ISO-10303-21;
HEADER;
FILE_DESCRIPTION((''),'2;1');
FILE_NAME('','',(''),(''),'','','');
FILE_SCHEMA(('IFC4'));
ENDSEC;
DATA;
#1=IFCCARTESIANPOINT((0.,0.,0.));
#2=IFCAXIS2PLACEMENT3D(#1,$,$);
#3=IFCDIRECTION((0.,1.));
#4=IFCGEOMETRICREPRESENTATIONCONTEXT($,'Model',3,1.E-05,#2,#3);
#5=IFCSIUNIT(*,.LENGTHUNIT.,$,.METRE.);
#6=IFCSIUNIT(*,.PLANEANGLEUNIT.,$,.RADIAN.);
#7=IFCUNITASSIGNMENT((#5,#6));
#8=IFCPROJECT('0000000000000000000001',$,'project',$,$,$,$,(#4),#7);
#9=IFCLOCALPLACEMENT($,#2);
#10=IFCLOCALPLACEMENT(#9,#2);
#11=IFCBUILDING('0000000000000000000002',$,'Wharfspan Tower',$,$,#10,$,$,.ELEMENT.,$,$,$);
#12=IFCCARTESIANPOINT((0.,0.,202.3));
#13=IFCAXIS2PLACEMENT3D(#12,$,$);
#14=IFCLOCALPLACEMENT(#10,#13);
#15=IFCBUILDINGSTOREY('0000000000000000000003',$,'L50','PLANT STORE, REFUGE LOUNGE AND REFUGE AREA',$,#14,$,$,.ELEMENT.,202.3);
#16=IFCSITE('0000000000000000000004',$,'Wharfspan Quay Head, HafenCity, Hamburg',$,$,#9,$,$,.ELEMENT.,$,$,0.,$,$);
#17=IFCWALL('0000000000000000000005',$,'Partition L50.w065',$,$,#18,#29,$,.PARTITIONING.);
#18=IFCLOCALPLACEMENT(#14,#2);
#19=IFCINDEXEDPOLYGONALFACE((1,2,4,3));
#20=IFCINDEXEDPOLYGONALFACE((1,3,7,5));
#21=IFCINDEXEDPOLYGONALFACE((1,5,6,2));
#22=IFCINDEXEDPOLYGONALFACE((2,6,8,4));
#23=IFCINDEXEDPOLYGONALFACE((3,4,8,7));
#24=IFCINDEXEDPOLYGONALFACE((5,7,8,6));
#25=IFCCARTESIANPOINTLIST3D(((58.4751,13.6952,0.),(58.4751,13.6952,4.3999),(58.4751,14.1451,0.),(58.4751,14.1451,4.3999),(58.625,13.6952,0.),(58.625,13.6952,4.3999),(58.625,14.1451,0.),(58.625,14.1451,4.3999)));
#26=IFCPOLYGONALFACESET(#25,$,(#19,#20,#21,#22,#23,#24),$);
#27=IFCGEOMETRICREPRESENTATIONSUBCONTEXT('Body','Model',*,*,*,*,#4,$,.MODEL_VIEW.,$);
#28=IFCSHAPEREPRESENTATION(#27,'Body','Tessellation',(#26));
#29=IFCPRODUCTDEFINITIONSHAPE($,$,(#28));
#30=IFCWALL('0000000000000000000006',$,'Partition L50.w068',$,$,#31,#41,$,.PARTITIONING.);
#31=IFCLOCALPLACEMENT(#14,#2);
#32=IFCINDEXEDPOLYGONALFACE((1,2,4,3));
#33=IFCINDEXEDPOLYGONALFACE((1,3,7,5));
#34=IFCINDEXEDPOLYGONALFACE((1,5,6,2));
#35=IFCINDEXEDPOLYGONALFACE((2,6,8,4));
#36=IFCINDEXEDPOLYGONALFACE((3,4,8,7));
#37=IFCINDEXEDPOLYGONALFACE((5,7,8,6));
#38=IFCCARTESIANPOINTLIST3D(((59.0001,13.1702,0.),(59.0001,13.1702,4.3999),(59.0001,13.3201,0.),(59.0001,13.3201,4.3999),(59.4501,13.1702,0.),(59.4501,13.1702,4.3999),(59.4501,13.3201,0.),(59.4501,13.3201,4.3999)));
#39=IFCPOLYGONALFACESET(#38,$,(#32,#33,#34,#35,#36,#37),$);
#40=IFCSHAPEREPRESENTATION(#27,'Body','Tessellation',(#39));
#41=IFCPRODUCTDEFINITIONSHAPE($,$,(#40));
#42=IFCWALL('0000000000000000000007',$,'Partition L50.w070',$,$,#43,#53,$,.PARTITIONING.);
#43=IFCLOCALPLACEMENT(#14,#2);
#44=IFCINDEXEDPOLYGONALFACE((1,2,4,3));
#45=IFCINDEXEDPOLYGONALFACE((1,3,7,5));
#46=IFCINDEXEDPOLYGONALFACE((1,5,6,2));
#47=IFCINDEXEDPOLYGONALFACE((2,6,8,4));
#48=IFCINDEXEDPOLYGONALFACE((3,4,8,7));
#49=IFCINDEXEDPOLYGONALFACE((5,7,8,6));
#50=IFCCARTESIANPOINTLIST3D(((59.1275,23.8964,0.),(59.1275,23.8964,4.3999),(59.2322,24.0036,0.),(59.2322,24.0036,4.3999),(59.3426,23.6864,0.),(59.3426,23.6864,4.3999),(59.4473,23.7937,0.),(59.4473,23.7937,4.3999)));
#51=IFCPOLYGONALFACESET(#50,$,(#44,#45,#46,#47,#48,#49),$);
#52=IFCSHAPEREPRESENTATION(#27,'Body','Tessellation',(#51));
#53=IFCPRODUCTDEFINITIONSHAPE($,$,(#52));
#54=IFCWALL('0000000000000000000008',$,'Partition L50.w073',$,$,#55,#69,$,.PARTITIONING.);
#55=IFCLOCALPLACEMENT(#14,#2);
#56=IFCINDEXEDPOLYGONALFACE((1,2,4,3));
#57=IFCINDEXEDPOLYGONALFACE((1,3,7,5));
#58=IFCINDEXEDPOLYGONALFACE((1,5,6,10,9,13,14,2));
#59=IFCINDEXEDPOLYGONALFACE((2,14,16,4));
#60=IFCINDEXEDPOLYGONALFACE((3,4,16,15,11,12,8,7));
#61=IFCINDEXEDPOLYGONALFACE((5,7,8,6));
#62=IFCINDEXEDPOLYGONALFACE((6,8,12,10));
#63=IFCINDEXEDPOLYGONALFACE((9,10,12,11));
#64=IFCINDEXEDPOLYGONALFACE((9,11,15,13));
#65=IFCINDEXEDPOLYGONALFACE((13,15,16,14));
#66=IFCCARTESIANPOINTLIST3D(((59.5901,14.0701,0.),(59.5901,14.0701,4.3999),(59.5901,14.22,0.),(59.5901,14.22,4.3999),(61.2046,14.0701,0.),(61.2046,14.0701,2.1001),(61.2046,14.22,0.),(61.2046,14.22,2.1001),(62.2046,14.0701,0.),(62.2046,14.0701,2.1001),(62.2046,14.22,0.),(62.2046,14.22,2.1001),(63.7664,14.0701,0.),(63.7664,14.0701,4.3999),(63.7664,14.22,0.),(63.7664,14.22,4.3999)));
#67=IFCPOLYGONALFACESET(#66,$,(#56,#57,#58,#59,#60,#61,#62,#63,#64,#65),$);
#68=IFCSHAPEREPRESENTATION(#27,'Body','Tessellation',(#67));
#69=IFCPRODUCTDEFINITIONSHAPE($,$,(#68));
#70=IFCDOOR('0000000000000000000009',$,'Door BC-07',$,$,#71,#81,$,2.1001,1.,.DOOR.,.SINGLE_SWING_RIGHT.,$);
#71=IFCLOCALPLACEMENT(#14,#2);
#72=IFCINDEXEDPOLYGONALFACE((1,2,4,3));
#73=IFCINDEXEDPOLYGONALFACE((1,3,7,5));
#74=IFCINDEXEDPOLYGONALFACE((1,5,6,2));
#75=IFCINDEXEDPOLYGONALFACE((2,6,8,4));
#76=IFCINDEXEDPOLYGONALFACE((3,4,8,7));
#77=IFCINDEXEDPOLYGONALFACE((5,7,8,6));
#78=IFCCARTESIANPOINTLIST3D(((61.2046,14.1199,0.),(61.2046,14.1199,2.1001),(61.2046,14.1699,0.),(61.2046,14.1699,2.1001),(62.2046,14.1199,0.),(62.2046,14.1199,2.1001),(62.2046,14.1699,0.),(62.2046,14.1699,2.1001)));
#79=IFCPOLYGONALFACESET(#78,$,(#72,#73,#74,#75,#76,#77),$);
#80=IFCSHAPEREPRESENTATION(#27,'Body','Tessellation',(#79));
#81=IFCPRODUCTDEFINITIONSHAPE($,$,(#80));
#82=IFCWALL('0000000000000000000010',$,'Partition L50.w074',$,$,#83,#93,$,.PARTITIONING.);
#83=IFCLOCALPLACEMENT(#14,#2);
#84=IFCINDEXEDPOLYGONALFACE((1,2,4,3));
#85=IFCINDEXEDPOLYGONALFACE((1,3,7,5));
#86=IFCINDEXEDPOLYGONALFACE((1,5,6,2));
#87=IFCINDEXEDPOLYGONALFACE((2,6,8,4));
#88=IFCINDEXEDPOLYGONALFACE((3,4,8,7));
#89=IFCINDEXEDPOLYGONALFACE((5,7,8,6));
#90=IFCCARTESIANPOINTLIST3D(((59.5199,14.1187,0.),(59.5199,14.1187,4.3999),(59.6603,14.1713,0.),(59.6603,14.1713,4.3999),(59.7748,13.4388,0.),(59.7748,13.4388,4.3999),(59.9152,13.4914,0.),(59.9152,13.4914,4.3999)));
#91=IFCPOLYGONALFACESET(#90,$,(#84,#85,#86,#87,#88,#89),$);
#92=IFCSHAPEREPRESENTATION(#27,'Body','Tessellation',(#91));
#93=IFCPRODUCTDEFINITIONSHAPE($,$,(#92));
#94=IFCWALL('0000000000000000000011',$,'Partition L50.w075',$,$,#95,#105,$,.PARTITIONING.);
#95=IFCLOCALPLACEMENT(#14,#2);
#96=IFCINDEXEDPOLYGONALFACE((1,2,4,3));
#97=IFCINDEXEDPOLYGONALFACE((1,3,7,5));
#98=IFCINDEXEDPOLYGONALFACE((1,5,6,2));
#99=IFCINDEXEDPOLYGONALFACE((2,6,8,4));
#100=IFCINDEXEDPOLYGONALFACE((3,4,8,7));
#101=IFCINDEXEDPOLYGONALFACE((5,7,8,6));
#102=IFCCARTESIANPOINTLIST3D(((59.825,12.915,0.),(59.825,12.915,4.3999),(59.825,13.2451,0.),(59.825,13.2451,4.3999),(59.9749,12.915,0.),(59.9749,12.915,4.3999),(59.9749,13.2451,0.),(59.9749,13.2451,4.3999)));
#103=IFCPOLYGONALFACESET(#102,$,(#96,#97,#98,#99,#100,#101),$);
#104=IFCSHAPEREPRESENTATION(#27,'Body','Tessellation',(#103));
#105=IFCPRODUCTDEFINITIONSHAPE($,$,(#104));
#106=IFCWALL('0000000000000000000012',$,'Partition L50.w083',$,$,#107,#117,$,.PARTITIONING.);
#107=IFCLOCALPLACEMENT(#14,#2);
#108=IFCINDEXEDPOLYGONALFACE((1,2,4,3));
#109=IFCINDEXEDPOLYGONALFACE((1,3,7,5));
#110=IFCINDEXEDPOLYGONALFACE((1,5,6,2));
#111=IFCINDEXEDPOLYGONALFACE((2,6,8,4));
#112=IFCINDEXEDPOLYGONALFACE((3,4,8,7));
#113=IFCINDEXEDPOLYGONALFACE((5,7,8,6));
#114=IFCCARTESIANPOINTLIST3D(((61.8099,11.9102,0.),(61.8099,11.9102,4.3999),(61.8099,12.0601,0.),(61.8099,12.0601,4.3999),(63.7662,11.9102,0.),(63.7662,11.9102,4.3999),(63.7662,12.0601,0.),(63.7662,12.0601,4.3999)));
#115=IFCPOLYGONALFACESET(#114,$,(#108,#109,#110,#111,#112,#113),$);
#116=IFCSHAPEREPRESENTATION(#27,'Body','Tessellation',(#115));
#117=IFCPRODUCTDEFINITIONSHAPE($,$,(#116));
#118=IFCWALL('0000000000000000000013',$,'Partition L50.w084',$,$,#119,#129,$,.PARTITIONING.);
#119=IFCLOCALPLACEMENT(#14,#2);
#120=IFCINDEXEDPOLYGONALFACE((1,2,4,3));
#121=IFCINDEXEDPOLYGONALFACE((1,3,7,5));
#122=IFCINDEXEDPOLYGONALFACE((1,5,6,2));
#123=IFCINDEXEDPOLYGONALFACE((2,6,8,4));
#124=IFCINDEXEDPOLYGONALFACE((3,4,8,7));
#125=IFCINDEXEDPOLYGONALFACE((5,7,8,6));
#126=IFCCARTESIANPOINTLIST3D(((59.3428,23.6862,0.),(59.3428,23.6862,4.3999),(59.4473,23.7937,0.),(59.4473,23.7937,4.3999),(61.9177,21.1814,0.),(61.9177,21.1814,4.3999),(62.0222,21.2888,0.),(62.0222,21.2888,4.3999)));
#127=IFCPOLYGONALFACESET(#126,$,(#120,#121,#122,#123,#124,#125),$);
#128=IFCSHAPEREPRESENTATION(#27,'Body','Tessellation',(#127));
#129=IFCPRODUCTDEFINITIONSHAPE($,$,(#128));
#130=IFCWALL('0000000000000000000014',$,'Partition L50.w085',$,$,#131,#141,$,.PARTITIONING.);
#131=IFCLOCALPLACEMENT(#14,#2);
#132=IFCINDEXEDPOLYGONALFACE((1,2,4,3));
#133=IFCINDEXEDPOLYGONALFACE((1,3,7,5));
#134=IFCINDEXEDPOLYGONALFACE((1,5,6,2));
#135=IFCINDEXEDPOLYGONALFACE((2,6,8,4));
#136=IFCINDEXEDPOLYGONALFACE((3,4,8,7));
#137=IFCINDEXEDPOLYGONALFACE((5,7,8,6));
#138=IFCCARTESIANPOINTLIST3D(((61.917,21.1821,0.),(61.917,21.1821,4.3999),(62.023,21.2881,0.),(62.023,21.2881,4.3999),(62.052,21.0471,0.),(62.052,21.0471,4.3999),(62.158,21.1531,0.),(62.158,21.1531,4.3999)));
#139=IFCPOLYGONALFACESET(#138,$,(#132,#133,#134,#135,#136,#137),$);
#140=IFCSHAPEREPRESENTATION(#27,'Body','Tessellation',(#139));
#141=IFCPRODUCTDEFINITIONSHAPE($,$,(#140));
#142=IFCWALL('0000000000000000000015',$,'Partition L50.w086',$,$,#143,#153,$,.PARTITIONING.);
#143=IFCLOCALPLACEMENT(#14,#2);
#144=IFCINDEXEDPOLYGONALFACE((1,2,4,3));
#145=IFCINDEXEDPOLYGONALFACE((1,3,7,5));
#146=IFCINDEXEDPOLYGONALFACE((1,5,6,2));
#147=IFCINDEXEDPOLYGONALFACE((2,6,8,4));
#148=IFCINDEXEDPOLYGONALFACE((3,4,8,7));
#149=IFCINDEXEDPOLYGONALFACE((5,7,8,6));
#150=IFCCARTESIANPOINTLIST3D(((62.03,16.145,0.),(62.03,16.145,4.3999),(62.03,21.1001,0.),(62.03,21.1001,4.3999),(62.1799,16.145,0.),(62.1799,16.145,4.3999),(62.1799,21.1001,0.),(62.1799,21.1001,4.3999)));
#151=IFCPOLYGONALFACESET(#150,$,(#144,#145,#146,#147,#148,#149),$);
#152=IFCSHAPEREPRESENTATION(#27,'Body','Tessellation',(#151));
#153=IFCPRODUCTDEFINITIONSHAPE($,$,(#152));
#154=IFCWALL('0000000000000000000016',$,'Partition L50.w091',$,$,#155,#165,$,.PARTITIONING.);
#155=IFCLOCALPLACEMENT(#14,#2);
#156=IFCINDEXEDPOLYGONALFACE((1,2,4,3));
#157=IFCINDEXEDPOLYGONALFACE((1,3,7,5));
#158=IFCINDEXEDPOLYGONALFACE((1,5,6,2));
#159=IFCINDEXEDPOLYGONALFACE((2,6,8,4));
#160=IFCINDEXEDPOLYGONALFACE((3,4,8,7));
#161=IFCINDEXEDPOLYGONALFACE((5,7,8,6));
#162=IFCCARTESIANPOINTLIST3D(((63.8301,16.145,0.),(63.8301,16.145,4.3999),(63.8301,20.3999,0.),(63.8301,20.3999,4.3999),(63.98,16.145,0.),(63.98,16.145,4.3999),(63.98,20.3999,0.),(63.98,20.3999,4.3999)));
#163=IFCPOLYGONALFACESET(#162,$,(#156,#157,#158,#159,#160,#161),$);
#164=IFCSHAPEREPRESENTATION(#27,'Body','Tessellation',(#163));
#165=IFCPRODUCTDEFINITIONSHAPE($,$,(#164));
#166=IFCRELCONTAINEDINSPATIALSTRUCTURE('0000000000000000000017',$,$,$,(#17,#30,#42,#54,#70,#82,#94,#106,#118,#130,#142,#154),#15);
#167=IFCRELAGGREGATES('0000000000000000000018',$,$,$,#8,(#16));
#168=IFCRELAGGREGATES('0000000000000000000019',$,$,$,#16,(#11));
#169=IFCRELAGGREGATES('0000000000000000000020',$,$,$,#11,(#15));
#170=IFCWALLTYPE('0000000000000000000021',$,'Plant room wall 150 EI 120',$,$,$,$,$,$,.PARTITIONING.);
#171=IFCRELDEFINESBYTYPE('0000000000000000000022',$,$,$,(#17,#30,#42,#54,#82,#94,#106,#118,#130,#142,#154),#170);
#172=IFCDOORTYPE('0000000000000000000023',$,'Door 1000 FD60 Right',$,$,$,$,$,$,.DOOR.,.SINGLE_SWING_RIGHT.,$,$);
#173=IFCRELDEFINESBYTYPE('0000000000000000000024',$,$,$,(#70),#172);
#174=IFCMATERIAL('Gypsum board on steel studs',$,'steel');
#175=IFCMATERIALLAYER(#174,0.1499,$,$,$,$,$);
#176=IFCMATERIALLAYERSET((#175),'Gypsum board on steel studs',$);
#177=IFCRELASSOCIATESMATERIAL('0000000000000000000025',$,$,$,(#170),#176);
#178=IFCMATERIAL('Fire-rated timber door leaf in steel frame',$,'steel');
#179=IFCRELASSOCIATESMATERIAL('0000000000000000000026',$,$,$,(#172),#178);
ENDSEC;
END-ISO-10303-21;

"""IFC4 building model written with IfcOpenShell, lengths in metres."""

from ifc_helpers import new_model, si_unit, direction, frame, frame_2d, origin, place, context, subcontext, project, spatial, rectangle, extrude, material, layer, layer_set, type_object, element, fill, save


model = new_model("IFC4")

# Units and contexts
model_context = context("Model", 3, precision=1e-05, world=origin(), true_north=direction((0.0, 1.0)))
body_context = subcontext(model_context, "Body", "Model", "MODEL_VIEW")
ifc_project = project(units=[si_unit("LENGTHUNIT", "METRE"), si_unit("PLANEANGLEUNIT", "RADIAN")], contexts=[model_context])

# Site, building, storey
site_placement = place(None, origin())
site = spatial("IfcSite", under=ifc_project, at=site_placement, Name="Wharfspan Quay Head, HafenCity, Hamburg", CompositionType="ELEMENT", RefElevation=0.0)
building_placement = place(site_placement, origin())
building = spatial("IfcBuilding", under=site, at=building_placement, Name="Wharfspan Tower", CompositionType="ELEMENT")
storey_placement = place(building_placement, frame((0.0, 0.0, 202.3)))
storey = spatial("IfcBuildingStorey", under=building, at=storey_placement, Name="L50", Description="PLANT STORE, REFUGE LOUNGE AND REFUGE AREA", CompositionType="ELEMENT", Elevation=202.3)

# Shared definitions
ifc_material_1 = material(Name="Gypsum board on steel studs", Category="steel")
ifc_material_2 = material(Name="Fire-rated timber door leaf in steel frame", Category="steel")

# Shared definitions
ifc_layer_1 = layer(ifc_material_1, 0.1499)
ifc_layer_set_1 = layer_set([ifc_layer_1], Name="Gypsum board on steel studs")
wall_type_1 = type_object("IfcWallType", Name="Plant room wall 150 EI 120", PredefinedType="PARTITIONING", material=ifc_layer_set_1)

# Shared definitions
door_type_1 = type_object("IfcDoorType", Name="Door 1000 FD60 Right", OperationType="SINGLE_SWING_RIGHT", PredefinedType="DOOR", material=ifc_material_2)

# Walls
for number, where, z_axis, x_axis, name in (
    (1, (58.55, 13.6951, 0.0), (0.0, 0.0, 1.0), (0.0, 1.0, 0.0), "Partition L50.w065"),
    (2, (59.0, 13.2451, 0.0), (0.0, 0.0, 1.0), (1.0, 0.0, 0.0), "Partition L50.w068"),
):
    element("IfcWall", number, at=place(storey_placement, frame(where, z_axis=z_axis, x_axis=x_axis)), inside=storey, type_object=wall_type_1, Name=name, PredefinedType="PARTITIONING", context=body_context, shape_type="SweptSolid", body=[
        extrude(rectangle(XDim=0.45, YDim=0.1499, at=frame_2d((0.2251, 0.0))), origin(), (0.0, 0.0, 1.0), 4.3999),
    ])
wall_1_placement = place(storey_placement, frame((59.395, 23.74, 0.0), z_axis=(0.0, 0.0, 1.0), x_axis=(-0.715582, 0.698525, 0.0)))
element("IfcWall", 3, at=wall_1_placement, inside=storey, type_object=wall_type_1, Name="Partition L50.w070", PredefinedType="PARTITIONING", context=body_context, shape_type="SweptSolid", body=[
    extrude(rectangle(XDim=0.3005, YDim=0.1499, at=frame_2d((0.1504, 0.0))), origin(), (0.0, 0.0, 1.0), 4.3999),
])

# Wall, opening, door
wall_2_placement = place(storey_placement, frame((59.5901, 14.145, 0.0), z_axis=(0.0, 0.0, 1.0), x_axis=(1.0, 0.0, 0.0)))
wall_2 = element("IfcWall", 4, at=wall_2_placement, inside=storey, type_object=wall_type_1, Name="Partition L50.w073", PredefinedType="PARTITIONING", context=body_context, shape_type="SweptSolid", body=[
    extrude(rectangle(XDim=4.1763, YDim=0.1499, at=frame_2d((2.0881, 0.0))), origin(), (0.0, 0.0, 1.0), 4.3999),
])
opening_1_placement = place(wall_2_placement, frame((1.6145, 0.0, 0.0)))
opening_1 = element("IfcOpeningElement", 5, at=opening_1_placement, cuts=wall_2, PredefinedType="OPENING", context=body_context, shape_type="SweptSolid", body=[
    extrude(rectangle(XDim=1.0, YDim=2.1001, at=frame_2d((0.5, 1.05))), frame((0.0, 0.085, 0.0), z_axis=(0.0, -1.0, 0.0), x_axis=(1.0, 0.0, 0.0)), (0.0, 0.0, 1.0), 0.1699),
])
door_1_placement = place(opening_1_placement, origin())
door_1 = element("IfcDoor", 6, at=door_1_placement, inside=storey, type_object=door_type_1, Name="Door BC-07", OperationType="SINGLE_SWING_RIGHT", OverallHeight=2.1001, OverallWidth=1.0, PredefinedType="DOOR", context=body_context, shape_type="SweptSolid", body=[
    extrude(rectangle(XDim=1.0, YDim=2.1001, at=frame_2d((0.5, 1.05))), frame((0.0, 0.0249, 0.0), z_axis=(0.0, -1.0, 0.0), x_axis=(1.0, 0.0, 0.0)), (0.0, 0.0, 1.0), 0.05),
])
fill(opening_1, door_1)

# Walls
wall_3_placement = place(storey_placement, frame((59.845, 13.4651, 0.0), z_axis=(0.0, 0.0, 1.0), x_axis=(-0.351013, 0.936371, 0.0)))
element("IfcWall", 7, at=wall_3_placement, inside=storey, type_object=wall_type_1, Name="Partition L50.w074", PredefinedType="PARTITIONING", context=body_context, shape_type="SweptSolid", body=[
    extrude(rectangle(XDim=0.7261, YDim=0.1499, at=frame_2d((0.363, 0.0))), origin(), (0.0, 0.0, 1.0), 4.3999),
])
wall_4_placement = place(storey_placement, frame((59.8999, 12.915, 0.0), z_axis=(0.0, 0.0, 1.0), x_axis=(0.0, 1.0, 0.0)))
element("IfcWall", 8, at=wall_4_placement, inside=storey, type_object=wall_type_1, Name="Partition L50.w075", PredefinedType="PARTITIONING", context=body_context, shape_type="SweptSolid", body=[
    extrude(rectangle(XDim=0.3301, YDim=0.1499, at=frame_2d((0.165, 0.0))), origin(), (0.0, 0.0, 1.0), 4.3999),
])
wall_5_placement = place(storey_placement, frame((61.8101, 11.9851, 0.0), z_axis=(0.0, 0.0, 1.0), x_axis=(1.0, 0.0, 0.0)))
element("IfcWall", 9, at=wall_5_placement, inside=storey, type_object=wall_type_1, Name="Partition L50.w083", PredefinedType="PARTITIONING", context=body_context, shape_type="SweptSolid", body=[
    extrude(rectangle(XDim=1.9563, YDim=0.1499, at=frame_2d((0.978, 0.0))), origin(), (0.0, 0.0, 1.0), 4.3999),
])
wall_6_placement = place(storey_placement, frame((61.97, 21.2351, 0.0), z_axis=(0.0, 0.0, 1.0), x_axis=(-0.716792, 0.697287, 0.0)))
element("IfcWall", 10, at=wall_6_placement, inside=storey, type_object=wall_type_1, Name="Partition L50.w084", PredefinedType="PARTITIONING", context=body_context, shape_type="SweptSolid", body=[
    extrude(rectangle(XDim=3.5923, YDim=0.1499, at=frame_2d((1.7961, 0.0))), origin(), (0.0, 0.0, 1.0), 4.3999),
])
wall_7_placement = place(storey_placement, frame((62.105, 21.1001, 0.0), z_axis=(0.0, 0.0, 1.0), x_axis=(-0.707107, 0.707107, 0.0)))
element("IfcWall", 11, at=wall_7_placement, inside=storey, type_object=wall_type_1, Name="Partition L50.w085", PredefinedType="PARTITIONING", context=body_context, shape_type="SweptSolid", body=[
    extrude(rectangle(XDim=0.1909, YDim=0.1499, at=frame_2d((0.0955, 0.0))), origin(), (0.0, 0.0, 1.0), 4.3999),
])
wall_8_placement = place(storey_placement, frame((62.105, 16.145, 0.0), z_axis=(0.0, 0.0, 1.0), x_axis=(0.0, 1.0, 0.0)))
element("IfcWall", 12, at=wall_8_placement, inside=storey, type_object=wall_type_1, Name="Partition L50.w086", PredefinedType="PARTITIONING", context=body_context, shape_type="SweptSolid", body=[
    extrude(rectangle(XDim=4.9551, YDim=0.1499, at=frame_2d((2.4775, 0.0))), origin(), (0.0, 0.0, 1.0), 4.3999),
])
wall_9_placement = place(storey_placement, frame((63.905, 16.145, 0.0), z_axis=(0.0, 0.0, 1.0), x_axis=(0.0, 1.0, 0.0)))
element("IfcWall", 13, at=wall_9_placement, inside=storey, type_object=wall_type_1, Name="Partition L50.w091", PredefinedType="PARTITIONING", context=body_context, shape_type="SweptSolid", body=[
    extrude(rectangle(XDim=4.2549, YDim=0.1499, at=frame_2d((2.1274, 0.0))), origin(), (0.0, 0.0, 1.0), 4.3999),
])

save(model, "model.ifc")
